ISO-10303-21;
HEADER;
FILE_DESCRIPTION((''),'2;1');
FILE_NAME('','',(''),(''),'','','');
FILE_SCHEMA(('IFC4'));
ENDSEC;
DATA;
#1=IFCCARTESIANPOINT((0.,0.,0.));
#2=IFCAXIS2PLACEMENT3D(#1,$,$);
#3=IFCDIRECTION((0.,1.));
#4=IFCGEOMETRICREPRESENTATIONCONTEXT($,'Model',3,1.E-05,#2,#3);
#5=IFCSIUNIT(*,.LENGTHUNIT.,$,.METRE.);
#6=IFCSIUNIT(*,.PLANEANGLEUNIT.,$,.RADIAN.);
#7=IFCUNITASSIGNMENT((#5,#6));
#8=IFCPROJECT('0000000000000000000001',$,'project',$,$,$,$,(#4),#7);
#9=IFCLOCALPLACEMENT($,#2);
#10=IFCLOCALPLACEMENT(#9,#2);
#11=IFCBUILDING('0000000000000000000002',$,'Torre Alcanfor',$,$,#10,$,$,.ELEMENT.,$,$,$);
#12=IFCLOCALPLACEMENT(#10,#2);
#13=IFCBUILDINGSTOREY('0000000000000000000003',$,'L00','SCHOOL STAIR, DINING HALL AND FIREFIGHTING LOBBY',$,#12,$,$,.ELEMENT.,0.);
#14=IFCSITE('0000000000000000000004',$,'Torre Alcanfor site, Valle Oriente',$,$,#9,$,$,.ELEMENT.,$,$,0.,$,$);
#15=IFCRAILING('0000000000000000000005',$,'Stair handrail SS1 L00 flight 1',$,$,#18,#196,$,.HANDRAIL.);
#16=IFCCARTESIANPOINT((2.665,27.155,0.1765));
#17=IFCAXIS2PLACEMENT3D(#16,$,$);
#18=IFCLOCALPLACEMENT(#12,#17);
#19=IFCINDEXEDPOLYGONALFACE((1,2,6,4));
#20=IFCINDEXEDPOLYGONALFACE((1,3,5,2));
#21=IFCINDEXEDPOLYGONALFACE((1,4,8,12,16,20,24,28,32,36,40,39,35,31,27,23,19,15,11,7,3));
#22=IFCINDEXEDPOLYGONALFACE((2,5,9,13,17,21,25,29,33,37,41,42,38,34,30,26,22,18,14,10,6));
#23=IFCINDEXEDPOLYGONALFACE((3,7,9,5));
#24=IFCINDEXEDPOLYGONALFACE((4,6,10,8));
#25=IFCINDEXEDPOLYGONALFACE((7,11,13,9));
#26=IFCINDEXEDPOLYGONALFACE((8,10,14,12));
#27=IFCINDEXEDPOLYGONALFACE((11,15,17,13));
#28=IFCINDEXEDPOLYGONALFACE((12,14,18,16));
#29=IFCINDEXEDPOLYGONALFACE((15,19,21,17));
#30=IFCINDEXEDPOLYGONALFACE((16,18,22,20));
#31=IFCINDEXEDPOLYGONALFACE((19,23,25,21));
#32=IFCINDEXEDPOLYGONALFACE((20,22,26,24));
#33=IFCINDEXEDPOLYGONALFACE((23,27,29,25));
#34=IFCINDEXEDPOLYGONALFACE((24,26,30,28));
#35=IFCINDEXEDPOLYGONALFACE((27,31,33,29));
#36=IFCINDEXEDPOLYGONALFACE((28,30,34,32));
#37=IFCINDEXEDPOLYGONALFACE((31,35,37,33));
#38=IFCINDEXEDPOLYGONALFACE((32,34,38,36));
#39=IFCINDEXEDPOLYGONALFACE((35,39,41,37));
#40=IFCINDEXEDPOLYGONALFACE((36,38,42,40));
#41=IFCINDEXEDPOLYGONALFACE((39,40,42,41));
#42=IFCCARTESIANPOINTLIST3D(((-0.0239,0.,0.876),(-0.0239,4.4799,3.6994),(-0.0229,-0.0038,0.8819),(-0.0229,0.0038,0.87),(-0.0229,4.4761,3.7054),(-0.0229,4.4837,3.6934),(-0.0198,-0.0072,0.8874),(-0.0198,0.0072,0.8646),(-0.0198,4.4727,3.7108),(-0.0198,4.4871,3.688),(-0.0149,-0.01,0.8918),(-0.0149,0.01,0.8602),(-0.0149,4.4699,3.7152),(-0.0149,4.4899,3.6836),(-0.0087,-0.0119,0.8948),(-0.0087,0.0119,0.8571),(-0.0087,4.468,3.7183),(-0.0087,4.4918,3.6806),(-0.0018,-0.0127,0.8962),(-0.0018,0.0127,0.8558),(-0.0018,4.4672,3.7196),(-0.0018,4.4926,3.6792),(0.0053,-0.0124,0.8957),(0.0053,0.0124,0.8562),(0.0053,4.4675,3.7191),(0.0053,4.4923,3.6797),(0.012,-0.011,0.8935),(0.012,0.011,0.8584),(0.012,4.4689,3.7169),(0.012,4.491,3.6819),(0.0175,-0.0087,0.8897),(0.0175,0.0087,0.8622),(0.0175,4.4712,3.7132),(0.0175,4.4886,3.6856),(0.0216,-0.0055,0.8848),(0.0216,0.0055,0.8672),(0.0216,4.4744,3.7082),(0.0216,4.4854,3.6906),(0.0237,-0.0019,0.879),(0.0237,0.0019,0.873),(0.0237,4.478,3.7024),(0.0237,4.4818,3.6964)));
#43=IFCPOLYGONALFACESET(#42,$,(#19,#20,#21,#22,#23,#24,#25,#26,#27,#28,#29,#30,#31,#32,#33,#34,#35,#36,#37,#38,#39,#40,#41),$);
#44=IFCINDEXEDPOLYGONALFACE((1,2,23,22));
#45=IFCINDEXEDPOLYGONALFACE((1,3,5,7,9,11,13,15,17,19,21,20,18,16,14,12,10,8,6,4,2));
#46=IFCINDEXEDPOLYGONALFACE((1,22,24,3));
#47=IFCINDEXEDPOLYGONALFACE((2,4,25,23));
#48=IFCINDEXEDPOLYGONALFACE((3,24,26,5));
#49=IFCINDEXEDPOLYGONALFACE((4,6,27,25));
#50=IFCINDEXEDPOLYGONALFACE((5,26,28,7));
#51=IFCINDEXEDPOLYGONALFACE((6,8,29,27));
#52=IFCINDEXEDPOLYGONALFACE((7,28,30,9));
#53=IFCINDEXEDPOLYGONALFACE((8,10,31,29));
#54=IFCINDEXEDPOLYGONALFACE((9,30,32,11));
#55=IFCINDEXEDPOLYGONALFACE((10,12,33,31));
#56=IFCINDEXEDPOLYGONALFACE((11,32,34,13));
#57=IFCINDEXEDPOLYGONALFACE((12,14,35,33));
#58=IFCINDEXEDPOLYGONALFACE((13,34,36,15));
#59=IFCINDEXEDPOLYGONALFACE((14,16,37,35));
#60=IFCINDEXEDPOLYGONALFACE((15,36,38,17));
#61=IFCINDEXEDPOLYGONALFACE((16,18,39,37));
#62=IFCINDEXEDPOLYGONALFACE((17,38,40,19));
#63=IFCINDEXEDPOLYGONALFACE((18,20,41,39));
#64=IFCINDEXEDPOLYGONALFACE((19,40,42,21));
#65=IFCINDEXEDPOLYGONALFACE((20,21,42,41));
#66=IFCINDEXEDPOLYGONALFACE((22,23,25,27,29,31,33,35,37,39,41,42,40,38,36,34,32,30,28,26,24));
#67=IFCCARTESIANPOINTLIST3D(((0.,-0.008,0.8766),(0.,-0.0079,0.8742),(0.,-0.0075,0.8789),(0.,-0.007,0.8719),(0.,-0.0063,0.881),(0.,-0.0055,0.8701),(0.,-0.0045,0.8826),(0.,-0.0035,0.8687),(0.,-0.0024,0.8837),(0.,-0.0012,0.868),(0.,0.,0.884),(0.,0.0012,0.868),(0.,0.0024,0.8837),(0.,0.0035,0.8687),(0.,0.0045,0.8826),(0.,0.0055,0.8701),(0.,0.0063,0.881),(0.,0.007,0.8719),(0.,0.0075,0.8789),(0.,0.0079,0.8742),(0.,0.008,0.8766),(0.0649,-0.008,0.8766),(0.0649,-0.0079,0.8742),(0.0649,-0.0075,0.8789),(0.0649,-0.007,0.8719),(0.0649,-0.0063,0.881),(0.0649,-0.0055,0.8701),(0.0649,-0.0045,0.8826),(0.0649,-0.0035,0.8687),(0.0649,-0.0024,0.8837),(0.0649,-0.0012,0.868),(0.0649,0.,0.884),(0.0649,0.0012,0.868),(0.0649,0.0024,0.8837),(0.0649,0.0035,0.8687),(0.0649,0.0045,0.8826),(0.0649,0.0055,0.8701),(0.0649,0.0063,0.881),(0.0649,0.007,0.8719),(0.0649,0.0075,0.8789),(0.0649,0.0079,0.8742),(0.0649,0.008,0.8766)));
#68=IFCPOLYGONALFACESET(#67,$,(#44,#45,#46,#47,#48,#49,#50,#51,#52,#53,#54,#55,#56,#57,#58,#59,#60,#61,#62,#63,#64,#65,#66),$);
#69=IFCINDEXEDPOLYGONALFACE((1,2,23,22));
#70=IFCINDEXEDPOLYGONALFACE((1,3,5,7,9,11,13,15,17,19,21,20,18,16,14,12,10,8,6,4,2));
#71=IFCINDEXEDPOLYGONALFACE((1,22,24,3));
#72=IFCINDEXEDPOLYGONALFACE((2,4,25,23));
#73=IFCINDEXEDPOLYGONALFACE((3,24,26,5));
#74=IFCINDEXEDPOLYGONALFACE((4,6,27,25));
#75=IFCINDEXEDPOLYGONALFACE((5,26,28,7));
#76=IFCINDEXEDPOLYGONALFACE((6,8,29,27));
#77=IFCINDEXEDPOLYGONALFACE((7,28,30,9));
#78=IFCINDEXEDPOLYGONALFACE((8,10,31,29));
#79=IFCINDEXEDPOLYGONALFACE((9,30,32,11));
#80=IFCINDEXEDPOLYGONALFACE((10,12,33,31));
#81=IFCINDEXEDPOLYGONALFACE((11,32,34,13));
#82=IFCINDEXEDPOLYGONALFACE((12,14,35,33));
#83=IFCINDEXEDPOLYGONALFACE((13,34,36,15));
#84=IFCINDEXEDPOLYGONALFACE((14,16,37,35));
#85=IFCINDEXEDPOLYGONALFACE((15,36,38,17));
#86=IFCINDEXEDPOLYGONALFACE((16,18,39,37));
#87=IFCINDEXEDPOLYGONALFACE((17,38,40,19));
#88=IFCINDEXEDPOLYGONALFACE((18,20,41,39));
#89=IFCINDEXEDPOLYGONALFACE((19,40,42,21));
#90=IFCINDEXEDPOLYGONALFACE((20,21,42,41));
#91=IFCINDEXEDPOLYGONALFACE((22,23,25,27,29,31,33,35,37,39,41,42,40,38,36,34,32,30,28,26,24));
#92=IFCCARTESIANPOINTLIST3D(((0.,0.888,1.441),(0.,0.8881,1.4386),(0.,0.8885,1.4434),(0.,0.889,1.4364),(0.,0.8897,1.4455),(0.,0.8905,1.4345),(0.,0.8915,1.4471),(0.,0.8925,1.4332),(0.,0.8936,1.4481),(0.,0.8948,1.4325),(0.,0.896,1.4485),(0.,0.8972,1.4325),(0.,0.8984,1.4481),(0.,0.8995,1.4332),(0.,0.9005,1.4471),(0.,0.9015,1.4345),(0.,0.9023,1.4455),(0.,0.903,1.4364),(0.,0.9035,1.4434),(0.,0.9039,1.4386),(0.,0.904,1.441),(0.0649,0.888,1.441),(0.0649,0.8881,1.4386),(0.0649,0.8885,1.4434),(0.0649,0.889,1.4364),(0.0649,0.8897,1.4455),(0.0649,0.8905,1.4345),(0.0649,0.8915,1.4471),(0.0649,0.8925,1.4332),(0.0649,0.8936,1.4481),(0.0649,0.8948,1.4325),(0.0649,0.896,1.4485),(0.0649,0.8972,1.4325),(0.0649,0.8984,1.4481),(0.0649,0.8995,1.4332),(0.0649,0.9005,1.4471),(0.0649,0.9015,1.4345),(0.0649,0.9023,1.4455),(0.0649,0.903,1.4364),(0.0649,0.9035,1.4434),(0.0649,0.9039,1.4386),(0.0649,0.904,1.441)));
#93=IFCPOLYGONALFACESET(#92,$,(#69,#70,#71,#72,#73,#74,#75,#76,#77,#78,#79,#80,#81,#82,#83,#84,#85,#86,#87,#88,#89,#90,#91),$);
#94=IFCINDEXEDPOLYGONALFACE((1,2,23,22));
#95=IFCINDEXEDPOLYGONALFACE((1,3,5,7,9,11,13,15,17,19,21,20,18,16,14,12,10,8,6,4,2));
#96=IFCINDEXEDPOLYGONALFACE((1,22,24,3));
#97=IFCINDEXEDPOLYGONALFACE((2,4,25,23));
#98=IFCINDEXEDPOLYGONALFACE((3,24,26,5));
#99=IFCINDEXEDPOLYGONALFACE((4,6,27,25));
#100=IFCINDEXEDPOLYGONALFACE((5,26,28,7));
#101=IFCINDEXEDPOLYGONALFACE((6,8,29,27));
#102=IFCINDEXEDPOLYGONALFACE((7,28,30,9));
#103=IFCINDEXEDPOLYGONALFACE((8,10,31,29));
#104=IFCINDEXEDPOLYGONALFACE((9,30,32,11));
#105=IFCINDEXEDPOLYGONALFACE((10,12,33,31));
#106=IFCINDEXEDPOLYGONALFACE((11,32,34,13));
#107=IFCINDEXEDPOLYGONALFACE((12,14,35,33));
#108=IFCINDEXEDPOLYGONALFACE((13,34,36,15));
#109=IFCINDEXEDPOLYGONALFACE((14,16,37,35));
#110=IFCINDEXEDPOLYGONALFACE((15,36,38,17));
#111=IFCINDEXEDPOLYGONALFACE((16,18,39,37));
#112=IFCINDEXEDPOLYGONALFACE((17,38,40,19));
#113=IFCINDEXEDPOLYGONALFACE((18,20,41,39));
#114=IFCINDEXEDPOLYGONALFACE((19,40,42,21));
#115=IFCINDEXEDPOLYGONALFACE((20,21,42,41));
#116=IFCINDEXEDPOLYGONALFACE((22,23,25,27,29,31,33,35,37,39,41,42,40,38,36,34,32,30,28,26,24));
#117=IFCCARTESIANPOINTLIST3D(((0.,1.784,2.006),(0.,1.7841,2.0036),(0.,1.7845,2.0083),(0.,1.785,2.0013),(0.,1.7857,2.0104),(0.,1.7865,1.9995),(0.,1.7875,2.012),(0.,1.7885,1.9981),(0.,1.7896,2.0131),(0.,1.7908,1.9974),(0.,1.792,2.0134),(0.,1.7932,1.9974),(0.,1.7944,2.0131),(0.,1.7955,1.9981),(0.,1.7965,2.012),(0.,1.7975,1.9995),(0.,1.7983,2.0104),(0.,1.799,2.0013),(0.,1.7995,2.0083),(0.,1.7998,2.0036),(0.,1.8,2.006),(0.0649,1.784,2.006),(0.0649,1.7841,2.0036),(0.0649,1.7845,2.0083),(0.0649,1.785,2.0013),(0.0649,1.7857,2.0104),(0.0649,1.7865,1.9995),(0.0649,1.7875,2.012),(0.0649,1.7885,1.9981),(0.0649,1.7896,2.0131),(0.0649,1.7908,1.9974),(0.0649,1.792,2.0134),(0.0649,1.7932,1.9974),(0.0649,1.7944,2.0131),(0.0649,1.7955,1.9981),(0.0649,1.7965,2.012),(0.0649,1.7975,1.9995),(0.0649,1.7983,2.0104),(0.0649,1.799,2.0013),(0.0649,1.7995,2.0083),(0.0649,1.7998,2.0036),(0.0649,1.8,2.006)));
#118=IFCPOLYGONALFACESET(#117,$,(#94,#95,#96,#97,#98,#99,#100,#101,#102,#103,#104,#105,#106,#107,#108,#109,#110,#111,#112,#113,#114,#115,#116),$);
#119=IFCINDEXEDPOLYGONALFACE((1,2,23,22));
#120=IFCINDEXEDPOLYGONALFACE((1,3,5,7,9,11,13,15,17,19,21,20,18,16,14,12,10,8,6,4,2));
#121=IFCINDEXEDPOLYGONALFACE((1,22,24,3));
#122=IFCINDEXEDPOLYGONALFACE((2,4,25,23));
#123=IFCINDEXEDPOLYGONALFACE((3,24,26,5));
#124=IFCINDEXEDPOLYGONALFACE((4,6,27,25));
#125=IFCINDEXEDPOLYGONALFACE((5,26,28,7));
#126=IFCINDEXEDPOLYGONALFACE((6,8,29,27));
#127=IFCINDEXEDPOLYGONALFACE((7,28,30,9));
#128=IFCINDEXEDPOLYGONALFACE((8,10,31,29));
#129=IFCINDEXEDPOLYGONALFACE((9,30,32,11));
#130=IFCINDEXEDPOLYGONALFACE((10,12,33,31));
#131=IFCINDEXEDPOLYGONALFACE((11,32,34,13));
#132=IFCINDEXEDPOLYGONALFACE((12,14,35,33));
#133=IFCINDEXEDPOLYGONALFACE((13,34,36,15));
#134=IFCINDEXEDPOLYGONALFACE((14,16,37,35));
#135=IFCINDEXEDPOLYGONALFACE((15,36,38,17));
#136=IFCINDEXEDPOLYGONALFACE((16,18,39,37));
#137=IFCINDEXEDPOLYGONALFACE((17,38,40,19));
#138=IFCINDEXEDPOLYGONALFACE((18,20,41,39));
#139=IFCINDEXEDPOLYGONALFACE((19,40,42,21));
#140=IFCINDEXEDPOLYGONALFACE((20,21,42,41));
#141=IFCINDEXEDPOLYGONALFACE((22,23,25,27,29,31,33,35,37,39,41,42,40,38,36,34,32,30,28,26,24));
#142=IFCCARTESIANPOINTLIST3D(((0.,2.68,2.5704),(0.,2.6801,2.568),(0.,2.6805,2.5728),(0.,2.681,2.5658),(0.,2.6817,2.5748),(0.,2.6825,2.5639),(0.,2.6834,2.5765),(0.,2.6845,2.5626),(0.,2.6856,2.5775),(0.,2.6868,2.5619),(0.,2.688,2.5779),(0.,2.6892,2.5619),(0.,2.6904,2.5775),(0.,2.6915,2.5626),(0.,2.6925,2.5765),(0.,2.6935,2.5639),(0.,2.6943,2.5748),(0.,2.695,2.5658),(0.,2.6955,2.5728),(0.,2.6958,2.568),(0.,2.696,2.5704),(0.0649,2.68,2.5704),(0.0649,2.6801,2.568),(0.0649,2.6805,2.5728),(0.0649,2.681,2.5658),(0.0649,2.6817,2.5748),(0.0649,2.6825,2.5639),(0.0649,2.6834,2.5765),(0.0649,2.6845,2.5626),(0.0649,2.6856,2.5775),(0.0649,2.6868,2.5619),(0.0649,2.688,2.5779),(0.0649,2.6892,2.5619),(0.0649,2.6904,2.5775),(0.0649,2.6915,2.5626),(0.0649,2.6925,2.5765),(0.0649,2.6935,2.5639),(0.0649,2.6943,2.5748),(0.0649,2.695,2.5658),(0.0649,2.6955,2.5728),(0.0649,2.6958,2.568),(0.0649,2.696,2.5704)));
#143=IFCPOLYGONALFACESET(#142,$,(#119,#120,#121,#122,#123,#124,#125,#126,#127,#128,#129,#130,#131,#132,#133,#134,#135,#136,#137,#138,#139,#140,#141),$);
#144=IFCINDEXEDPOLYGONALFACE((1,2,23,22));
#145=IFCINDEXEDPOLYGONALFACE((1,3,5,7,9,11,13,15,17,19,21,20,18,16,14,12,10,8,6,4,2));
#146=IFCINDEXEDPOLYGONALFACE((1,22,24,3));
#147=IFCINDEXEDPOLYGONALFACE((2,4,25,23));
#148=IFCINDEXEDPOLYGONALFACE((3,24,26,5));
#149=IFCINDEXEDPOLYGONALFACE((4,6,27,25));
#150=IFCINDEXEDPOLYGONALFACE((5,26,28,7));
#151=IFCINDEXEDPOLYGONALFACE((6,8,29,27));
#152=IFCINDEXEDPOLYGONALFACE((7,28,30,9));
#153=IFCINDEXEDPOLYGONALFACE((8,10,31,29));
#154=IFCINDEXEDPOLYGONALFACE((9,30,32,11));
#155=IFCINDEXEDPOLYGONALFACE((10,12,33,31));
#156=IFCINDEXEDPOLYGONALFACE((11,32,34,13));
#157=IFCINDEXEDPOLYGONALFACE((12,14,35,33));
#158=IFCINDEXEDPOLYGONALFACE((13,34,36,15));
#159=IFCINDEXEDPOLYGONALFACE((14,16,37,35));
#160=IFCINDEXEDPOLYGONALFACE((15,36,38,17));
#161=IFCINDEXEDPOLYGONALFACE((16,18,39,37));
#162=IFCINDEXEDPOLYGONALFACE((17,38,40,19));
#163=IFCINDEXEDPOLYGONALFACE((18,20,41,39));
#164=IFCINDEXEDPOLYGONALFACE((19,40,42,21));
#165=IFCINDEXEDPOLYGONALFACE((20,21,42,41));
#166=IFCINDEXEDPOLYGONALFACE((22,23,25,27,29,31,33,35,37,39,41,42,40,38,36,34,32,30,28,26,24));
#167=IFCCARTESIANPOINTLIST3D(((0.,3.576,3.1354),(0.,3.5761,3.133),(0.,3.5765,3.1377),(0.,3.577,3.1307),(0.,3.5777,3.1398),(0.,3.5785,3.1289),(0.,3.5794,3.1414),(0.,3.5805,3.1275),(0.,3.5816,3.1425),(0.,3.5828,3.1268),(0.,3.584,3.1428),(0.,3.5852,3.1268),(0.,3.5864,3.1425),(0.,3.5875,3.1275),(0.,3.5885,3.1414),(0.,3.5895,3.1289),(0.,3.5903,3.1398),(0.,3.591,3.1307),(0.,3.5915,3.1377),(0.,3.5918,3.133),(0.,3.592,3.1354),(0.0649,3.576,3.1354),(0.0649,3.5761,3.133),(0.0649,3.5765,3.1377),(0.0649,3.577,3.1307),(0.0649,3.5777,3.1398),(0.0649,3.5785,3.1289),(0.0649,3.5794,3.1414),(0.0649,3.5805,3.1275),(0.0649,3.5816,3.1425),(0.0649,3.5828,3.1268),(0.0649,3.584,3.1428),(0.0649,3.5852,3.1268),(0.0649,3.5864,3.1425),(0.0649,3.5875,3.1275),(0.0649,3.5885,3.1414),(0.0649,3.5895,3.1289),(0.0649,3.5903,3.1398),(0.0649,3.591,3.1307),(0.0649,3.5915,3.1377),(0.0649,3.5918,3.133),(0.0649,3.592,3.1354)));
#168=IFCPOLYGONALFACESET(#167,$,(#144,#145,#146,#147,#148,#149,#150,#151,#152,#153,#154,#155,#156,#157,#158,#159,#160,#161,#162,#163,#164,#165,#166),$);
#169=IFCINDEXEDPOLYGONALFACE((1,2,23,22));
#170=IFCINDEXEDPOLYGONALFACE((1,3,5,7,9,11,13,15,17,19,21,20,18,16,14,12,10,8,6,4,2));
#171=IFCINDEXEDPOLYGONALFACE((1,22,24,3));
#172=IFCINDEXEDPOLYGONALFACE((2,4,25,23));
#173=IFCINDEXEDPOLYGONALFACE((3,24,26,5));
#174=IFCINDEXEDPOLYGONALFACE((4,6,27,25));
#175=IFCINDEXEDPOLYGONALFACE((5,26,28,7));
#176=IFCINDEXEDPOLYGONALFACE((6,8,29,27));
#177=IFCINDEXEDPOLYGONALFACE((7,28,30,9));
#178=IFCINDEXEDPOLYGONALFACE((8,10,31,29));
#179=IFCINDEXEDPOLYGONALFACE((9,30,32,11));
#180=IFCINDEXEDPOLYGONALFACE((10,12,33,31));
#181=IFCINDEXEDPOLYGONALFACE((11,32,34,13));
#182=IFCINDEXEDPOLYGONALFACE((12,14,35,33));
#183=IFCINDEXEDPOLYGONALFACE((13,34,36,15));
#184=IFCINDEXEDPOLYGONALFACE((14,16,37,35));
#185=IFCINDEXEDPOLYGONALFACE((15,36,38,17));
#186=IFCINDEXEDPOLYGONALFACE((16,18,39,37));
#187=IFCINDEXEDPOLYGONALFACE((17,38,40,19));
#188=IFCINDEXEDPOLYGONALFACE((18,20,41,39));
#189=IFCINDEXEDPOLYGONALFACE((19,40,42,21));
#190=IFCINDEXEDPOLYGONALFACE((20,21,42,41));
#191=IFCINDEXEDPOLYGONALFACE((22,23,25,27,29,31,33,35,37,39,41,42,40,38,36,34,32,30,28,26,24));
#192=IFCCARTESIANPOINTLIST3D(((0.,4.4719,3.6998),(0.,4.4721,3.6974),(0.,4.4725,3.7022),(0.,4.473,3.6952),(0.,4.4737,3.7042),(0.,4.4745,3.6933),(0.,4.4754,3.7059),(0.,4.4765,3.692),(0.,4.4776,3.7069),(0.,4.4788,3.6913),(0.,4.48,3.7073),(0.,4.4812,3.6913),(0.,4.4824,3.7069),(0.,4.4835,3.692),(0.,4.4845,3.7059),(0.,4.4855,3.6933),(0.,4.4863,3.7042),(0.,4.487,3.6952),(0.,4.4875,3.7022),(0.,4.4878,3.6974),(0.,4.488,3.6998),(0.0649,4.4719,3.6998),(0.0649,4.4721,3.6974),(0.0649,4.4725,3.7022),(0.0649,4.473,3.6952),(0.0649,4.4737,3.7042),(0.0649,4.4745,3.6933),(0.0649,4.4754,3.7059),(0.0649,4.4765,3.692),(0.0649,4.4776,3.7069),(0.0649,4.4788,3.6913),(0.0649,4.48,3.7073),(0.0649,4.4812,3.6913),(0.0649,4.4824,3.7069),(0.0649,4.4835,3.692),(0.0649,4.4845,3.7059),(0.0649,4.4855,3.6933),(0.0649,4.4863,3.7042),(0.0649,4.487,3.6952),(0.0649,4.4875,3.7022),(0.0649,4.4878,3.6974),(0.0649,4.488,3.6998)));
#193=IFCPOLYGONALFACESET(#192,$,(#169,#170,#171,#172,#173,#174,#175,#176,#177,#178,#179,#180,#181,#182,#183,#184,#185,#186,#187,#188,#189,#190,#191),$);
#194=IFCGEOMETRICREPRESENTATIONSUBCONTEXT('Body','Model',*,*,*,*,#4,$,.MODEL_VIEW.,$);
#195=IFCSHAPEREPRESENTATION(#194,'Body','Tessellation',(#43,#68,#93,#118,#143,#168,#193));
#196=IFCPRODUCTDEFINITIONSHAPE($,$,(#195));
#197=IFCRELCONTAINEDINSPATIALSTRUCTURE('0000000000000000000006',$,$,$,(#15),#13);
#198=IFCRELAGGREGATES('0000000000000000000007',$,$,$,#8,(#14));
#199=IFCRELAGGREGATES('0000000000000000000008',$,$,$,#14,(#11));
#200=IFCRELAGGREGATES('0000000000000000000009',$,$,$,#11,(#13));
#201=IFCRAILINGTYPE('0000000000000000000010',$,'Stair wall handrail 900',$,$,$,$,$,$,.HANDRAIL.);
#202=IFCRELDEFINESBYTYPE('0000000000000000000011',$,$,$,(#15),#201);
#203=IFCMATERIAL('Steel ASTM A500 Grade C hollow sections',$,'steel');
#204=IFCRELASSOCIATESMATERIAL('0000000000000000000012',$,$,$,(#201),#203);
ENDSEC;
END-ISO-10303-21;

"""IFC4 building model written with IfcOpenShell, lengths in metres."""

from ifc_helpers import new_model, si_unit, direction, frame, origin, origin_2d, place, context, subcontext, project, spatial, circle, extrude, material, type_object, element, save


model = new_model("IFC4")

# Units and contexts
model_context = context("Model", 3, precision=1e-05, world=origin(), true_north=direction((0.0, 1.0)))
body_context = subcontext(model_context, "Body", "Model", "MODEL_VIEW")
ifc_project = project(units=[si_unit("LENGTHUNIT", "METRE"), si_unit("PLANEANGLEUNIT", "RADIAN")], contexts=[model_context])

# Site, building, storey
site_placement = place(None, origin())
site = spatial("IfcSite", under=ifc_project, at=site_placement, Name="Torre Alcanfor site, Valle Oriente", CompositionType="ELEMENT", RefElevation=0.0)
building_placement = place(site_placement, origin())
building = spatial("IfcBuilding", under=site, at=building_placement, Name="Torre Alcanfor", CompositionType="ELEMENT")
storey_placement = place(building_placement, origin())
storey = spatial("IfcBuildingStorey", under=building, at=storey_placement, Name="L00", Description="SCHOOL STAIR, DINING HALL AND FIREFIGHTING LOBBY", CompositionType="ELEMENT", Elevation=0.0)

# Railing
ifc_material_1 = material(Name="Steel ASTM A500 Grade C hollow sections", Category="steel")
railing_type_1 = type_object("IfcRailingType", Name="Stair wall handrail 900", PredefinedType="HANDRAIL", material=ifc_material_1)
railing_1_placement = place(storey_placement, frame((2.665, 27.155, 0.1765)))
element("IfcRailing", 1, at=railing_1_placement, inside=storey, type_object=railing_type_1, Name="Stair handrail SS1 L00 flight 1", PredefinedType="HANDRAIL", context=body_context, shape_type="SweptSolid", body=[
    extrude(circle(Radius=0.0239, at=origin_2d()), frame((0.0, 0.0, 0.876), z_axis=(0.0, 0.845998, 0.533186), x_axis=(-1.0, 0.0, 0.0)), (0.0, 0.0, 1.0), 5.2954),
    extrude(circle(Radius=0.0081, at=origin_2d()), frame((0.0, 0.0, 0.876), z_axis=(1.0, 0.0, 0.0), x_axis=(0.0, 0.0, 1.0)), (0.0, 0.0, 1.0), 0.0649),
    extrude(circle(Radius=0.0081, at=origin_2d()), frame((0.0, 0.896, 1.4404), z_axis=(1.0, 0.0, 0.0), x_axis=(0.0, 0.0, 1.0)), (0.0, 0.0, 1.0), 0.0649),
    extrude(circle(Radius=0.0081, at=origin_2d()), frame((0.0, 1.792, 2.0054), z_axis=(1.0, 0.0, 0.0), x_axis=(0.0, 0.0, 1.0)), (0.0, 0.0, 1.0), 0.0649),
    extrude(circle(Radius=0.0081, at=origin_2d()), frame((0.0, 2.688, 2.5698), z_axis=(1.0, 0.0, 0.0), x_axis=(0.0, 0.0, 1.0)), (0.0, 0.0, 1.0), 0.0649),
    extrude(circle(Radius=0.0081, at=origin_2d()), frame((0.0, 3.584, 3.1348), z_axis=(1.0, 0.0, 0.0), x_axis=(0.0, 0.0, 1.0)), (0.0, 0.0, 1.0), 0.0649),
    extrude(circle(Radius=0.0081, at=origin_2d()), frame((0.0, 4.48, 3.6992), z_axis=(1.0, 0.0, 0.0), x_axis=(0.0, 0.0, 1.0)), (0.0, 0.0, 1.0), 0.0649),
])

save(model, "model.ifc")
